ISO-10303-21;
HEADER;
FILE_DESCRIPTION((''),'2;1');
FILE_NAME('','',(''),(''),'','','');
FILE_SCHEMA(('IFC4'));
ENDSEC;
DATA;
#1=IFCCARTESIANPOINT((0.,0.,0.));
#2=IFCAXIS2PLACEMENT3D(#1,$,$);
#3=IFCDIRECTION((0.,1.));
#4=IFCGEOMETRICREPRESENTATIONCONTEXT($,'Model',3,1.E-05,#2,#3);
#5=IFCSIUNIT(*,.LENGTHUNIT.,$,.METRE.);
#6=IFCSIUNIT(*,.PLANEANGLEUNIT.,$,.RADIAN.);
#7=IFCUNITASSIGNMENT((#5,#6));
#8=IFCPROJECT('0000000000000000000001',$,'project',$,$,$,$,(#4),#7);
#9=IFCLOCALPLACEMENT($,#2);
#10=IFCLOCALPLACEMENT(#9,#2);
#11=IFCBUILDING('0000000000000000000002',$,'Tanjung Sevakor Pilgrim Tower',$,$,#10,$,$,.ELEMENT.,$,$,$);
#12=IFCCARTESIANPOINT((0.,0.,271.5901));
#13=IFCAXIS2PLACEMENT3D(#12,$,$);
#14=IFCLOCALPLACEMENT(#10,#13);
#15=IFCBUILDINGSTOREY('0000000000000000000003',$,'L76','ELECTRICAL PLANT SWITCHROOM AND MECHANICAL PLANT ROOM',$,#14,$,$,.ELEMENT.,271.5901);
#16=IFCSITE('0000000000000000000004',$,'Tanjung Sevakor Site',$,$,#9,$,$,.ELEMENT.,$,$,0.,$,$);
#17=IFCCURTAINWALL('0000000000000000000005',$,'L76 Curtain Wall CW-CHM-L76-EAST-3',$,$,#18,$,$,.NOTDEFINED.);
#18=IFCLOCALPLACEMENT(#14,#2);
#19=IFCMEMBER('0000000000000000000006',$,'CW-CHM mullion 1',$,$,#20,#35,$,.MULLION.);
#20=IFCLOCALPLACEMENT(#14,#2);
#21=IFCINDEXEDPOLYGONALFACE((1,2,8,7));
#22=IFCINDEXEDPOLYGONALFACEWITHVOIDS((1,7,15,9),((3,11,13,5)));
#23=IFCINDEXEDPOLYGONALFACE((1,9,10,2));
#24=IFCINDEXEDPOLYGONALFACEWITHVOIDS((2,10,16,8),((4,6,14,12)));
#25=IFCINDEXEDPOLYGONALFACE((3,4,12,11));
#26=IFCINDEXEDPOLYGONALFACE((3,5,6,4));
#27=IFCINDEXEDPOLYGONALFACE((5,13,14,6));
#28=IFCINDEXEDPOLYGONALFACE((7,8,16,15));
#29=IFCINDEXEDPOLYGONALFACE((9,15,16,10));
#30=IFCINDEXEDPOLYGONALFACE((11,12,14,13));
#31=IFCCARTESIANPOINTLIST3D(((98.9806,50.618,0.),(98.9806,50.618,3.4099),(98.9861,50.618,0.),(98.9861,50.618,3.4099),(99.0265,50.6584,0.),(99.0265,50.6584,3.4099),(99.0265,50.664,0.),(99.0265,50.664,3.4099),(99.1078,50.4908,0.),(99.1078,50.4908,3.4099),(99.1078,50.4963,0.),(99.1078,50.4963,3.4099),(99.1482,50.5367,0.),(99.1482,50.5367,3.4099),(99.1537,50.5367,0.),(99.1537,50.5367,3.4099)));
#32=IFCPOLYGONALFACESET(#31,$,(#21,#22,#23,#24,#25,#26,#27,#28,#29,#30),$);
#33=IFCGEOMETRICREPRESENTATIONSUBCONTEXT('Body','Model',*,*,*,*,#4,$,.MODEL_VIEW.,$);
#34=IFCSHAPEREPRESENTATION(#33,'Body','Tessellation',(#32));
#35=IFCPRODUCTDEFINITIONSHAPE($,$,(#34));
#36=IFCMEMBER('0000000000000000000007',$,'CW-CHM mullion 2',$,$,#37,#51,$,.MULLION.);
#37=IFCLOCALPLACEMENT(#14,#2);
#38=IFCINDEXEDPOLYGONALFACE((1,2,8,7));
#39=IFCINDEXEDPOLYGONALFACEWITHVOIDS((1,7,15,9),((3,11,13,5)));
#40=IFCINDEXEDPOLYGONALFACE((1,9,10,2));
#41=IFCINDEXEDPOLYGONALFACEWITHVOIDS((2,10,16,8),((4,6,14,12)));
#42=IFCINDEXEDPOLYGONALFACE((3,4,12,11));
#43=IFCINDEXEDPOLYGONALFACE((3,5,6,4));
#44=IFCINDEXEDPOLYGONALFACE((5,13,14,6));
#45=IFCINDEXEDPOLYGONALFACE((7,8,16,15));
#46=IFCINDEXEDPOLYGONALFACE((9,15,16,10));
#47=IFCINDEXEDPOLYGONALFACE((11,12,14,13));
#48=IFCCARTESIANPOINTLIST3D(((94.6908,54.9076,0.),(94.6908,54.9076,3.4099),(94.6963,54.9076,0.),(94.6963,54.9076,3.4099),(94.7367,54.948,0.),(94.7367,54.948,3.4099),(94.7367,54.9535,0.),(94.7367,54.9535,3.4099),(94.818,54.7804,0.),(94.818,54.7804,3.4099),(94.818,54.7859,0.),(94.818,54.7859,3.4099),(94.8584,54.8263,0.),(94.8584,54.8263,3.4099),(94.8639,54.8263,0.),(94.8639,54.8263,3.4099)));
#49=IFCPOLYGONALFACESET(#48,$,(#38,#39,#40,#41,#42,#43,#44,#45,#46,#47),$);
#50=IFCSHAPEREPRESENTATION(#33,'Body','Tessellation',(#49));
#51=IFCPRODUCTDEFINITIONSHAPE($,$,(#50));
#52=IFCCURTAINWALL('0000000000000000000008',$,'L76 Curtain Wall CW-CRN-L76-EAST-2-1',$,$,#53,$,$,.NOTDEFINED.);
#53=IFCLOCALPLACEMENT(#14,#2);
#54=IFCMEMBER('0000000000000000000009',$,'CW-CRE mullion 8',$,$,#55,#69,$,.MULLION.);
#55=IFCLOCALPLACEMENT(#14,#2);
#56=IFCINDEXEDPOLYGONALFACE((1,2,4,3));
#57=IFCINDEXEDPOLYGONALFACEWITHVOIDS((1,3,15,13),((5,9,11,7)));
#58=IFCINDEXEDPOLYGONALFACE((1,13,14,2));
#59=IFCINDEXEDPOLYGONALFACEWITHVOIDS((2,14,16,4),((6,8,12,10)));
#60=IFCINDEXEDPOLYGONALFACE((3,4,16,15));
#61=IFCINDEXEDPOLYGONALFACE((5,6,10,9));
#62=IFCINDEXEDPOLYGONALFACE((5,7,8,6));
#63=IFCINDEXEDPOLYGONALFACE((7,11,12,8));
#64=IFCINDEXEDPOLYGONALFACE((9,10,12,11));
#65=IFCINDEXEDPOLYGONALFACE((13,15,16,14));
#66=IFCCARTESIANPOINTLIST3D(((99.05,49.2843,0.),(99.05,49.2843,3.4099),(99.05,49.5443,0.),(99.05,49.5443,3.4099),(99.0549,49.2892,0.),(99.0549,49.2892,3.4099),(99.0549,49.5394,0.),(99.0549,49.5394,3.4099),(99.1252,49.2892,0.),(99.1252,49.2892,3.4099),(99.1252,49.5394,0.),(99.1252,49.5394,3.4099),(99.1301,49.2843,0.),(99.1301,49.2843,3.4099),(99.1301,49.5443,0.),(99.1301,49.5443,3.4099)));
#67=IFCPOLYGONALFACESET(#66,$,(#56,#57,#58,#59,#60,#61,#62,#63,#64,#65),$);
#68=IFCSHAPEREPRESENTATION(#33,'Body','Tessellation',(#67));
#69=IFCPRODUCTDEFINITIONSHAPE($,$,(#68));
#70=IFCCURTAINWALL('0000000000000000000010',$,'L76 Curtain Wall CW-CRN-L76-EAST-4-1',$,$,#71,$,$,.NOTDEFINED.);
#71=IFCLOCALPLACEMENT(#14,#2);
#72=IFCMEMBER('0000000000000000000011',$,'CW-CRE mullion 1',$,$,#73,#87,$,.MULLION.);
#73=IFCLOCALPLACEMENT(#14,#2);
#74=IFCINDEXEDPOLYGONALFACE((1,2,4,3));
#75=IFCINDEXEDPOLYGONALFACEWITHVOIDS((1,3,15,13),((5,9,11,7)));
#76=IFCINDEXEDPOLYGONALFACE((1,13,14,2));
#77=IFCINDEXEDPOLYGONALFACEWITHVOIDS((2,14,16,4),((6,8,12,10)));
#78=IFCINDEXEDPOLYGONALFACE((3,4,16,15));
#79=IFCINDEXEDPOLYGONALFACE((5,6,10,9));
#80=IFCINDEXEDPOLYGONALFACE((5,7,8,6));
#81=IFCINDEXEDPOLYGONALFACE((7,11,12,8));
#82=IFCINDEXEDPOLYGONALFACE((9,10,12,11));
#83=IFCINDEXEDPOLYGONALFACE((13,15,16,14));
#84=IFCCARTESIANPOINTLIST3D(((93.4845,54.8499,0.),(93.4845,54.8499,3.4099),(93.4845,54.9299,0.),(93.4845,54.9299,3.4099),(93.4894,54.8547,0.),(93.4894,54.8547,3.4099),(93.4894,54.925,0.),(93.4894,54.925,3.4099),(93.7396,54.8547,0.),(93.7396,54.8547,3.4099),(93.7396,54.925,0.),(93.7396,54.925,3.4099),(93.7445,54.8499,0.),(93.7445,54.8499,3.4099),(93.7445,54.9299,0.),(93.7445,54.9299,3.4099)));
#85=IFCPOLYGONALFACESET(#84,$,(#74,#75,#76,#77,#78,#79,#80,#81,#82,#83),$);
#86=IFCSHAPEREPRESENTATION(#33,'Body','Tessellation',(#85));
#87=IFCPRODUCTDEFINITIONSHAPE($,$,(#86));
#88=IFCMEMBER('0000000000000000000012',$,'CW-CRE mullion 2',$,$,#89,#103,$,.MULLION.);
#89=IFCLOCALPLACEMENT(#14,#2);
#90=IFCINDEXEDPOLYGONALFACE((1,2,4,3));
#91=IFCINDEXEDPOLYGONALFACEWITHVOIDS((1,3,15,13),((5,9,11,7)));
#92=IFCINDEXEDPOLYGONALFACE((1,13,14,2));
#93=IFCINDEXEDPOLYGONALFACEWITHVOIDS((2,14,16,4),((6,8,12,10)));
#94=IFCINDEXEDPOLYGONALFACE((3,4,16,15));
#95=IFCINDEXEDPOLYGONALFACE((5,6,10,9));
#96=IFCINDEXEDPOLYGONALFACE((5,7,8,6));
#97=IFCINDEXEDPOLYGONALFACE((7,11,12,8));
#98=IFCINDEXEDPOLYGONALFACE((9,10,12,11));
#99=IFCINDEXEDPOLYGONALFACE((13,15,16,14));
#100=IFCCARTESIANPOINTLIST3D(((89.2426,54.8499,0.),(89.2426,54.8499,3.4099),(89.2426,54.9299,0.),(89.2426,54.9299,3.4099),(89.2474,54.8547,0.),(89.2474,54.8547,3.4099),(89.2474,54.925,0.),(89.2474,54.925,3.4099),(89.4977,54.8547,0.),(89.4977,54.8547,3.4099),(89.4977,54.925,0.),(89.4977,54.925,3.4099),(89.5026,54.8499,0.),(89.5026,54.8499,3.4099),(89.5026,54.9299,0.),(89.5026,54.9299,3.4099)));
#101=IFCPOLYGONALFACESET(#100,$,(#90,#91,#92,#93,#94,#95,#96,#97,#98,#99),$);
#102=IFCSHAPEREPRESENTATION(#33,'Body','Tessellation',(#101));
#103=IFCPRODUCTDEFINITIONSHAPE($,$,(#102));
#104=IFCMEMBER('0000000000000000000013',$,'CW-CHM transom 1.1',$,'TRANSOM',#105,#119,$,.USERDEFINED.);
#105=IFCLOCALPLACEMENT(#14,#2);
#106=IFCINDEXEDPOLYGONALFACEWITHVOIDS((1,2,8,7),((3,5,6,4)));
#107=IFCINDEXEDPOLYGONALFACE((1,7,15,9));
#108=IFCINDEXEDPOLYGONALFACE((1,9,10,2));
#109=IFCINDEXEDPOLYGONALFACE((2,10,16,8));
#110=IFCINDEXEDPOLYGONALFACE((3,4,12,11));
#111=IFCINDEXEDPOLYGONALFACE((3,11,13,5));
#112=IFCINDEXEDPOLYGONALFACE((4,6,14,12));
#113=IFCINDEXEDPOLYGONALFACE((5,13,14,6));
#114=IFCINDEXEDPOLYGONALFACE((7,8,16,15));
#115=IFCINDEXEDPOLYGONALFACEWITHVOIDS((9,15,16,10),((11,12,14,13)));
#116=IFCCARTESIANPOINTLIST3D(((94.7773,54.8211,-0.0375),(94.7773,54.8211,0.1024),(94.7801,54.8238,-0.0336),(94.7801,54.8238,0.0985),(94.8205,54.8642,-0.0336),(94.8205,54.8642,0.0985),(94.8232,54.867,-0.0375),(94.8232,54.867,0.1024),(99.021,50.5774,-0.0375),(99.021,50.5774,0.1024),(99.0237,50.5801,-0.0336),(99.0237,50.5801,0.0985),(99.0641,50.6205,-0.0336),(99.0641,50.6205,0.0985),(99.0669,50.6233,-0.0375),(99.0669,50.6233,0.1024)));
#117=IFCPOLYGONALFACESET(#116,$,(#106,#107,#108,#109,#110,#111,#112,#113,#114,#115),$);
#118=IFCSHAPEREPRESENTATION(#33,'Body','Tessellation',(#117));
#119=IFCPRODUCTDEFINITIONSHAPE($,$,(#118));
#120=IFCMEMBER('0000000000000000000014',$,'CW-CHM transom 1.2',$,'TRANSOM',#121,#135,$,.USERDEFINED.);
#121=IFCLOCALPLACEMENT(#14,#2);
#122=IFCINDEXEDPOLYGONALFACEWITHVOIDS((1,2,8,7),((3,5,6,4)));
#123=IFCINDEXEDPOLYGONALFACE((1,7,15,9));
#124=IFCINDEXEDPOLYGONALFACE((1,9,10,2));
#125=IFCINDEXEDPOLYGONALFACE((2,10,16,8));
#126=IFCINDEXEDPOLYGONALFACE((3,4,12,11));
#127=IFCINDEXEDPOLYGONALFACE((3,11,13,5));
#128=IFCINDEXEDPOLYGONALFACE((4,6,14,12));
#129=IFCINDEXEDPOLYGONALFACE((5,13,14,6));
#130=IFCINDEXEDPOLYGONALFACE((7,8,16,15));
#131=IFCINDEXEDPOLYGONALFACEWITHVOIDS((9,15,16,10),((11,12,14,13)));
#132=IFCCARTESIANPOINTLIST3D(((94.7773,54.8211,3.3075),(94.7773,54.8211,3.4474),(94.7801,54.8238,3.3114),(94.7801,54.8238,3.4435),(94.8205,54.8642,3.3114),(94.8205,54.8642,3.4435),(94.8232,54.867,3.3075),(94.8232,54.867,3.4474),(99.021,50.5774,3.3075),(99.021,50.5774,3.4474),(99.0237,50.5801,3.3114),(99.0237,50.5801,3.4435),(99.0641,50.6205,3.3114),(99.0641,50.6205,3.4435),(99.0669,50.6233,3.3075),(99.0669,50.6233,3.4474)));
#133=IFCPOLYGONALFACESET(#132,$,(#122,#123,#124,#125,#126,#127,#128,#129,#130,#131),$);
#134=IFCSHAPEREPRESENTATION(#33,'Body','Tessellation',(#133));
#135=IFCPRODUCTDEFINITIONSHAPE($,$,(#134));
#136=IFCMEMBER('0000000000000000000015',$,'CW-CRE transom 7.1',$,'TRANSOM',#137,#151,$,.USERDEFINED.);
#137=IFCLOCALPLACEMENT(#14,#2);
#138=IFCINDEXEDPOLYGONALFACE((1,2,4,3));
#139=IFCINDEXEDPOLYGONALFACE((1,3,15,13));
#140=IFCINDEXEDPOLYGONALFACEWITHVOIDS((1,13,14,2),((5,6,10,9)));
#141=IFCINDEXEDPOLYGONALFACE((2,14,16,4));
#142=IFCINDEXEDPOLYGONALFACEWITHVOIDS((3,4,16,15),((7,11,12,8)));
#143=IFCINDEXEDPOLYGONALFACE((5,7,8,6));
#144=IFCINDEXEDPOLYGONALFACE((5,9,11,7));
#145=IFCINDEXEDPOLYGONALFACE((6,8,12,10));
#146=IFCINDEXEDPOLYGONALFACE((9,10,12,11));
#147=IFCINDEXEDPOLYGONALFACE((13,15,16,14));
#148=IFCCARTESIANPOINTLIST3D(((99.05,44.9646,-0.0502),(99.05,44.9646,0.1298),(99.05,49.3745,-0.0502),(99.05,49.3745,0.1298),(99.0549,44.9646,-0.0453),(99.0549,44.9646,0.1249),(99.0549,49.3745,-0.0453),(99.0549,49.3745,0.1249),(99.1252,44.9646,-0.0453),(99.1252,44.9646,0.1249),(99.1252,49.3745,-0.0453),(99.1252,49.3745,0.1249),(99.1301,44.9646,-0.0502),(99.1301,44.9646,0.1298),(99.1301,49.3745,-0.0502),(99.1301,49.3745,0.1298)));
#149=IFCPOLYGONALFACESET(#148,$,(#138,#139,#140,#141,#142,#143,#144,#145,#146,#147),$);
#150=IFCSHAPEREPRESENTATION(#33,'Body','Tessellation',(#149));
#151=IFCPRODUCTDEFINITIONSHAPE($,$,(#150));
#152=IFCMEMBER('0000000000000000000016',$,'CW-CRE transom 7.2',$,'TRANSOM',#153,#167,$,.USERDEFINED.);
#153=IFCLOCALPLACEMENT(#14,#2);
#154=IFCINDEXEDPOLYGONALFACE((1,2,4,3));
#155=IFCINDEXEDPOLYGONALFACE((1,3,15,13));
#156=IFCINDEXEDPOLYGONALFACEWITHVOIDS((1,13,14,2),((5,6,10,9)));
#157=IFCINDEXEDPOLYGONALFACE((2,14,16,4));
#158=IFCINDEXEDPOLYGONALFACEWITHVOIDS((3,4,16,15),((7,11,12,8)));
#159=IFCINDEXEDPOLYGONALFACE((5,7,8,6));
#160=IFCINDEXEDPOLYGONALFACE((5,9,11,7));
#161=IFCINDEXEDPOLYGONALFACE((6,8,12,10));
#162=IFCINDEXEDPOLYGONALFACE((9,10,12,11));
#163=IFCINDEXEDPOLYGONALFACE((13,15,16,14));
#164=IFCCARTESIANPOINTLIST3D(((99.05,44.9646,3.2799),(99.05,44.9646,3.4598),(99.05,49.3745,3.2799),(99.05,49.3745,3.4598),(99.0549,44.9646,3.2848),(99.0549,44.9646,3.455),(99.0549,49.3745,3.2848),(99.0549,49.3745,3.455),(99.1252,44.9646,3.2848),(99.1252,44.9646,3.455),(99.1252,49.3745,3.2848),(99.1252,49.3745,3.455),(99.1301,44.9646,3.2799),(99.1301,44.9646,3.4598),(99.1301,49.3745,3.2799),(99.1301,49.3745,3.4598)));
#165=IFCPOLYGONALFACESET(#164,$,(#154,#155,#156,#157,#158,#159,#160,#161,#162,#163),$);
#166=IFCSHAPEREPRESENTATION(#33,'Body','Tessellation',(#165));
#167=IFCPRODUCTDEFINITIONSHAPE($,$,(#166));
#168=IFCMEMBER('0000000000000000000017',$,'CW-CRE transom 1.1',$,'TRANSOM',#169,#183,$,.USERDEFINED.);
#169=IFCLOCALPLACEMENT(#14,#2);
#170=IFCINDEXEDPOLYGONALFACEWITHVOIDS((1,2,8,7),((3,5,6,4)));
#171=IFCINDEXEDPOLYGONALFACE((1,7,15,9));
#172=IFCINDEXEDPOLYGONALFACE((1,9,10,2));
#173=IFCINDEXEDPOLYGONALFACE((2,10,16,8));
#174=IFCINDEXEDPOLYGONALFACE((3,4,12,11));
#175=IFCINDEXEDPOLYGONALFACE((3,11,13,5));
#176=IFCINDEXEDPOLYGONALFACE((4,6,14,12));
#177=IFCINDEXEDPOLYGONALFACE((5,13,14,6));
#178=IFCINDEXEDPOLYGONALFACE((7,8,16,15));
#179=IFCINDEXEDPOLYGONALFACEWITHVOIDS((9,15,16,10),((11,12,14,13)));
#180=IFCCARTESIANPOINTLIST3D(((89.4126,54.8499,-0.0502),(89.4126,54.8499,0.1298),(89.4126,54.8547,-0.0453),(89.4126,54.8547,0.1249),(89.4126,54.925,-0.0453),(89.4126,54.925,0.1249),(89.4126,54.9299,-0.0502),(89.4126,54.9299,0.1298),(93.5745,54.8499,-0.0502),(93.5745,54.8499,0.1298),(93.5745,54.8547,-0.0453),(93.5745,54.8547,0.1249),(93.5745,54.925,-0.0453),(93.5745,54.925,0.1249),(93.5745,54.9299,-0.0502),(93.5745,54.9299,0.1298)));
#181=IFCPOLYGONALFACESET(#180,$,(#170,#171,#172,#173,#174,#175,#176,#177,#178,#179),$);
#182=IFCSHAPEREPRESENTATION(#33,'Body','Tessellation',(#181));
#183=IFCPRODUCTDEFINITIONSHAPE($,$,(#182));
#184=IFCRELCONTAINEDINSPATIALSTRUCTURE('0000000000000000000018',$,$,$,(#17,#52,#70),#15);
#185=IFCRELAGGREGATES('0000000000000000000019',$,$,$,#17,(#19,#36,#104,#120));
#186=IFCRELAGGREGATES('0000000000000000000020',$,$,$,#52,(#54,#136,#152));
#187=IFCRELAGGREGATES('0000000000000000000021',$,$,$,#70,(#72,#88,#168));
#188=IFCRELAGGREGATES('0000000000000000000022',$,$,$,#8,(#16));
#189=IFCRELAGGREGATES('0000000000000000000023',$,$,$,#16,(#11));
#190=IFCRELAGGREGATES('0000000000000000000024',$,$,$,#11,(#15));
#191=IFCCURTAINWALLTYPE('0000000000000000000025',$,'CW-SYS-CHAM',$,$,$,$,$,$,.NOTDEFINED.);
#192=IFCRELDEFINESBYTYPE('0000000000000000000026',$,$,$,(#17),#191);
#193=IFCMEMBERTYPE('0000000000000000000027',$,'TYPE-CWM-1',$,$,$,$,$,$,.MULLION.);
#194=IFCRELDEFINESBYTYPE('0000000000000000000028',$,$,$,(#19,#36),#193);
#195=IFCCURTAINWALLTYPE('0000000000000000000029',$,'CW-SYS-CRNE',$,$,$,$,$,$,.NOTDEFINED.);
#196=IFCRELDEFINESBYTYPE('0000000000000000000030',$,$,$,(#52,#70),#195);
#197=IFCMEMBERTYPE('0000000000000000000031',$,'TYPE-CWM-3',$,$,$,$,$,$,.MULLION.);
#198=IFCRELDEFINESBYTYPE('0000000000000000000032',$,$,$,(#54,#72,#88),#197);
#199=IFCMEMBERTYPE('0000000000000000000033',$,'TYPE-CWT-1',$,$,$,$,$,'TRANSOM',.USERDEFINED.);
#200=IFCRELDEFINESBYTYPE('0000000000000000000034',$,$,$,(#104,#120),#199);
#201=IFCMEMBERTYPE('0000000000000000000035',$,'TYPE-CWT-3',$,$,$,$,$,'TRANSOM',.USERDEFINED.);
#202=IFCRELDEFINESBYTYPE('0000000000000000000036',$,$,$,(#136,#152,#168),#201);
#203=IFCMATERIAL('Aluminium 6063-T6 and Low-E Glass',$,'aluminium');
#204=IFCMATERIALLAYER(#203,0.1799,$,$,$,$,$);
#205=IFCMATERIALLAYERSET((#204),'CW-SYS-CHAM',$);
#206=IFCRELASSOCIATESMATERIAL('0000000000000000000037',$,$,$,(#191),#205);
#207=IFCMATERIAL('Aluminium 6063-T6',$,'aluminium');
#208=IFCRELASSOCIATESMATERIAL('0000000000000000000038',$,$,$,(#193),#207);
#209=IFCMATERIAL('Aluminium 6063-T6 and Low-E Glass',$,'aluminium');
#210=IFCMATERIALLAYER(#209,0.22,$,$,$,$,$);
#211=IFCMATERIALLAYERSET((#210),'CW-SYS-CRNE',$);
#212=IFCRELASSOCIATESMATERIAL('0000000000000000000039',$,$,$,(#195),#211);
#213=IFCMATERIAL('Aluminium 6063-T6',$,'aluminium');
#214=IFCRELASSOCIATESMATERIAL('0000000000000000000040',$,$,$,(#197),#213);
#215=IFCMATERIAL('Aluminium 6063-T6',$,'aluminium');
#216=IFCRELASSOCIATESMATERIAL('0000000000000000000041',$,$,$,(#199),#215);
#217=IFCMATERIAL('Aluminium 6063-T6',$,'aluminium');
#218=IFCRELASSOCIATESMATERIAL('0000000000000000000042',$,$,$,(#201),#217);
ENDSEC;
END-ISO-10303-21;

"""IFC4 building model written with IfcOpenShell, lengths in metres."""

from ifc_helpers import new_model, si_unit, direction, frame, origin, origin_2d, place, context, subcontext, project, spatial, hollow_rectangle, extrude, material, layer, layer_set, material_profile, profile_set, type_object, element, aggregate, save


model = new_model("IFC4")

# Units and contexts
model_context = context("Model", 3, precision=1e-05, world=origin(), true_north=direction((0.0, 1.0)))
body_context = subcontext(model_context, "Body", "Model", "MODEL_VIEW")
ifc_project = project(units=[si_unit("LENGTHUNIT", "METRE"), si_unit("PLANEANGLEUNIT", "RADIAN")], contexts=[model_context])

# Site, building, storey
site_placement = place(None, origin())
site = spatial("IfcSite", under=ifc_project, at=site_placement, Name="Tanjung Sevakor Site", CompositionType="ELEMENT", RefElevation=0.0)
building_placement = place(site_placement, origin())
building = spatial("IfcBuilding", under=site, at=building_placement, Name="Tanjung Sevakor Pilgrim Tower", CompositionType="ELEMENT")
storey_placement = place(building_placement, frame((0.0, 0.0, 271.5901)))
storey = spatial("IfcBuildingStorey", under=building, at=storey_placement, Name="L76", Description="ELECTRICAL PLANT SWITCHROOM AND MECHANICAL PLANT ROOM", CompositionType="ELEMENT", Elevation=271.5901)

# Curtain wall, members
ifc_material_1 = material(Name="Aluminium 6063-T6 and Low-E Glass", Category="aluminium")
ifc_layer_1 = layer(ifc_material_1, 0.1799)
ifc_layer_set_1 = layer_set([ifc_layer_1], Name="CW-SYS-CHAM")
curtain_wall_type_1 = type_object("IfcCurtainWallType", Name="CW-SYS-CHAM", PredefinedType="NOTDEFINED", material=ifc_layer_set_1)
curtain_wall_1_placement = place(storey_placement, origin())
curtain_wall_1 = element("IfcCurtainWall", 1, at=curtain_wall_1_placement, inside=storey, type_object=curtain_wall_type_1, Name="L76 Curtain Wall CW-CHM-L76-EAST-3", PredefinedType="NOTDEFINED")
ifc_material_2 = material(Name="Aluminium 6063-T6", Category="aluminium")
ifc_material_profile_1 = material_profile(ifc_material_2, hollow_rectangle(XDim=0.0649, YDim=0.1799, WallThickness=0.0039, at=origin_2d()))
ifc_profile_set_1 = profile_set([ifc_material_profile_1], Name="Aluminium 6063-T6")
member_type_1 = type_object("IfcMemberType", Name="TYPE-CWM-1", PredefinedType="MULLION", material=ifc_profile_set_1)
member_1_placement = place(storey_placement, frame((99.0671, 50.5774, 0.0), z_axis=(0.0, 0.0, 1.0), x_axis=(-0.707107, -0.707107, 0.0)))
member_1 = element("IfcMember", 2, at=member_1_placement, type_object=member_type_1, Name="CW-CHM mullion 1", PredefinedType="MULLION", context=body_context, shape_type="SweptSolid", body=[
    extrude(hollow_rectangle(XDim=0.0649, YDim=0.1799, WallThickness=0.0039, at=origin_2d()), origin(), (0.0, 0.0, 1.0), 3.4099),
])
member_2_placement = place(storey_placement, frame((94.7773, 54.8669, 0.0), z_axis=(0.0, 0.0, 1.0), x_axis=(-0.707107, -0.707107, 0.0)))
member_2 = element("IfcMember", 3, at=member_2_placement, type_object=member_type_1, Name="CW-CHM mullion 2", PredefinedType="MULLION", context=body_context, shape_type="SweptSolid", body=[
    extrude(hollow_rectangle(XDim=0.0649, YDim=0.1799, WallThickness=0.0039, at=origin_2d()), origin(), (0.0, 0.0, 1.0), 3.4099),
])

# Curtain wall, member
ifc_material_3 = material(Name="Aluminium 6063-T6 and Low-E Glass", Category="aluminium")
ifc_layer_2 = layer(ifc_material_3, 0.22)
ifc_layer_set_2 = layer_set([ifc_layer_2], Name="CW-SYS-CRNE")
curtain_wall_type_2 = type_object("IfcCurtainWallType", Name="CW-SYS-CRNE", PredefinedType="NOTDEFINED", material=ifc_layer_set_2)
curtain_wall_2_placement = place(storey_placement, origin())
curtain_wall_2 = element("IfcCurtainWall", 4, at=curtain_wall_2_placement, inside=storey, type_object=curtain_wall_type_2, Name="L76 Curtain Wall CW-CRN-L76-EAST-2-1", PredefinedType="NOTDEFINED")
ifc_material_4 = material(Name="Aluminium 6063-T6", Category="aluminium")
ifc_material_profile_2 = material_profile(ifc_material_4, hollow_rectangle(XDim=0.0801, YDim=0.26, WallThickness=0.0049, at=origin_2d()))
ifc_profile_set_2 = profile_set([ifc_material_profile_2], Name="Aluminium 6063-T6")
member_type_2 = type_object("IfcMemberType", Name="TYPE-CWM-3", PredefinedType="MULLION", material=ifc_profile_set_2)
member_3_placement = place(storey_placement, frame((99.0901, 49.4143, 0.0), z_axis=(0.0, 0.0, 1.0), x_axis=(-1.0, 0.0, 0.0)))
member_3 = element("IfcMember", 5, at=member_3_placement, type_object=member_type_2, Name="CW-CRE mullion 8", PredefinedType="MULLION", context=body_context, shape_type="SweptSolid", body=[
    extrude(hollow_rectangle(XDim=0.0801, YDim=0.26, WallThickness=0.0049, at=origin_2d()), origin(), (0.0, 0.0, 1.0), 3.4099),
])

# Curtain wall, members
curtain_wall_3_placement = place(storey_placement, origin())
curtain_wall_3 = element("IfcCurtainWall", 6, at=curtain_wall_3_placement, inside=storey, type_object=curtain_wall_type_2, Name="L76 Curtain Wall CW-CRN-L76-EAST-4-1", PredefinedType="NOTDEFINED")
member_4_placement = place(storey_placement, frame((93.6145, 54.8899, 0.0), z_axis=(0.0, 0.0, 1.0), x_axis=(0.0, -1.0, 0.0)))
member_4 = element("IfcMember", 7, at=member_4_placement, type_object=member_type_2, Name="CW-CRE mullion 1", PredefinedType="MULLION", context=body_context, shape_type="SweptSolid", body=[
    extrude(hollow_rectangle(XDim=0.0801, YDim=0.26, WallThickness=0.0049, at=origin_2d()), origin(), (0.0, 0.0, 1.0), 3.4099),
])
member_5_placement = place(storey_placement, frame((89.3726, 54.8899, 0.0), z_axis=(0.0, 0.0, 1.0), x_axis=(0.0, -1.0, 0.0)))
member_5 = element("IfcMember", 8, at=member_5_placement, type_object=member_type_2, Name="CW-CRE mullion 2", PredefinedType="MULLION", context=body_context, shape_type="SweptSolid", body=[
    extrude(hollow_rectangle(XDim=0.0801, YDim=0.26, WallThickness=0.0049, at=origin_2d()), origin(), (0.0, 0.0, 1.0), 3.4099),
])

# Members
ifc_material_5 = material(Name="Aluminium 6063-T6", Category="aluminium")
ifc_material_profile_3 = material_profile(ifc_material_5, hollow_rectangle(XDim=0.0649, YDim=0.1399, WallThickness=0.0039, at=origin_2d()))
ifc_profile_set_3 = profile_set([ifc_material_profile_3], Name="Aluminium 6063-T6")
member_type_3 = type_object("IfcMemberType", Name="TYPE-CWT-1", ElementType="TRANSOM", PredefinedType="USERDEFINED", material=ifc_profile_set_3)
member_6_placement = place(storey_placement, frame((99.0439, 50.6003, 0.0325), z_axis=(-0.707107, 0.707107, 0.0), x_axis=(-0.707107, -0.707107, 0.0)))
member_6 = element("IfcMember", 9, at=member_6_placement, type_object=member_type_3, Name="CW-CHM transom 1.1", ObjectType="TRANSOM", PredefinedType="USERDEFINED", context=body_context, shape_type="SweptSolid", body=[
    extrude(hollow_rectangle(XDim=0.0649, YDim=0.1399, WallThickness=0.0039, at=origin_2d()), origin(), (0.0, 0.0, 1.0), 6.0015),
])
member_7_placement = place(storey_placement, frame((99.0439, 50.6003, 3.3774), z_axis=(-0.707107, 0.707107, 0.0), x_axis=(-0.707107, -0.707107, 0.0)))
member_7 = element("IfcMember", 10, at=member_7_placement, type_object=member_type_3, Name="CW-CHM transom 1.2", ObjectType="TRANSOM", PredefinedType="USERDEFINED", context=body_context, shape_type="SweptSolid", body=[
    extrude(hollow_rectangle(XDim=0.0649, YDim=0.1399, WallThickness=0.0039, at=origin_2d()), origin(), (0.0, 0.0, 1.0), 6.0015),
])
ifc_material_6 = material(Name="Aluminium 6063-T6", Category="aluminium")
ifc_material_profile_4 = material_profile(ifc_material_6, hollow_rectangle(XDim=0.0801, YDim=0.1799, WallThickness=0.0049, at=origin_2d()))
ifc_profile_set_4 = profile_set([ifc_material_profile_4], Name="Aluminium 6063-T6")
member_type_4 = type_object("IfcMemberType", Name="TYPE-CWT-3", ElementType="TRANSOM", PredefinedType="USERDEFINED", material=ifc_profile_set_4)
member_8_placement = place(storey_placement, frame((99.0901, 44.9646, 0.0398), z_axis=(0.0, 1.0, 0.0), x_axis=(-1.0, 0.0, 0.0)))
member_8 = element("IfcMember", 11, at=member_8_placement, type_object=member_type_4, Name="CW-CRE transom 7.1", ObjectType="TRANSOM", PredefinedType="USERDEFINED", context=body_context, shape_type="SweptSolid", body=[
    extrude(hollow_rectangle(XDim=0.0801, YDim=0.1799, WallThickness=0.0049, at=origin_2d()), origin(), (0.0, 0.0, 1.0), 4.4099),
])
member_9_placement = place(storey_placement, frame((99.0901, 44.9646, 3.3699), z_axis=(0.0, 1.0, 0.0), x_axis=(-1.0, 0.0, 0.0)))
member_9 = element("IfcMember", 12, at=member_9_placement, type_object=member_type_4, Name="CW-CRE transom 7.2", ObjectType="TRANSOM", PredefinedType="USERDEFINED", context=body_context, shape_type="SweptSolid", body=[
    extrude(hollow_rectangle(XDim=0.0801, YDim=0.1799, WallThickness=0.0049, at=origin_2d()), origin(), (0.0, 0.0, 1.0), 4.4099),
])
member_10_placement = place(storey_placement, frame((93.5745, 54.8899, 0.0398), z_axis=(-1.0, 0.0, 0.0), x_axis=(0.0, -1.0, 0.0)))
member_10 = element("IfcMember", 13, at=member_10_placement, type_object=member_type_4, Name="CW-CRE transom 1.1", ObjectType="TRANSOM", PredefinedType="USERDEFINED", context=body_context, shape_type="SweptSolid", body=[
    extrude(hollow_rectangle(XDim=0.0801, YDim=0.1799, WallThickness=0.0049, at=origin_2d()), origin(), (0.0, 0.0, 1.0), 4.1619),
])

aggregate(curtain_wall_1, [member_1, member_2, member_6, member_7])
aggregate(curtain_wall_2, [member_3, member_8, member_9])
aggregate(curtain_wall_3, [member_4, member_5, member_10])

save(model, "model.ifc")
